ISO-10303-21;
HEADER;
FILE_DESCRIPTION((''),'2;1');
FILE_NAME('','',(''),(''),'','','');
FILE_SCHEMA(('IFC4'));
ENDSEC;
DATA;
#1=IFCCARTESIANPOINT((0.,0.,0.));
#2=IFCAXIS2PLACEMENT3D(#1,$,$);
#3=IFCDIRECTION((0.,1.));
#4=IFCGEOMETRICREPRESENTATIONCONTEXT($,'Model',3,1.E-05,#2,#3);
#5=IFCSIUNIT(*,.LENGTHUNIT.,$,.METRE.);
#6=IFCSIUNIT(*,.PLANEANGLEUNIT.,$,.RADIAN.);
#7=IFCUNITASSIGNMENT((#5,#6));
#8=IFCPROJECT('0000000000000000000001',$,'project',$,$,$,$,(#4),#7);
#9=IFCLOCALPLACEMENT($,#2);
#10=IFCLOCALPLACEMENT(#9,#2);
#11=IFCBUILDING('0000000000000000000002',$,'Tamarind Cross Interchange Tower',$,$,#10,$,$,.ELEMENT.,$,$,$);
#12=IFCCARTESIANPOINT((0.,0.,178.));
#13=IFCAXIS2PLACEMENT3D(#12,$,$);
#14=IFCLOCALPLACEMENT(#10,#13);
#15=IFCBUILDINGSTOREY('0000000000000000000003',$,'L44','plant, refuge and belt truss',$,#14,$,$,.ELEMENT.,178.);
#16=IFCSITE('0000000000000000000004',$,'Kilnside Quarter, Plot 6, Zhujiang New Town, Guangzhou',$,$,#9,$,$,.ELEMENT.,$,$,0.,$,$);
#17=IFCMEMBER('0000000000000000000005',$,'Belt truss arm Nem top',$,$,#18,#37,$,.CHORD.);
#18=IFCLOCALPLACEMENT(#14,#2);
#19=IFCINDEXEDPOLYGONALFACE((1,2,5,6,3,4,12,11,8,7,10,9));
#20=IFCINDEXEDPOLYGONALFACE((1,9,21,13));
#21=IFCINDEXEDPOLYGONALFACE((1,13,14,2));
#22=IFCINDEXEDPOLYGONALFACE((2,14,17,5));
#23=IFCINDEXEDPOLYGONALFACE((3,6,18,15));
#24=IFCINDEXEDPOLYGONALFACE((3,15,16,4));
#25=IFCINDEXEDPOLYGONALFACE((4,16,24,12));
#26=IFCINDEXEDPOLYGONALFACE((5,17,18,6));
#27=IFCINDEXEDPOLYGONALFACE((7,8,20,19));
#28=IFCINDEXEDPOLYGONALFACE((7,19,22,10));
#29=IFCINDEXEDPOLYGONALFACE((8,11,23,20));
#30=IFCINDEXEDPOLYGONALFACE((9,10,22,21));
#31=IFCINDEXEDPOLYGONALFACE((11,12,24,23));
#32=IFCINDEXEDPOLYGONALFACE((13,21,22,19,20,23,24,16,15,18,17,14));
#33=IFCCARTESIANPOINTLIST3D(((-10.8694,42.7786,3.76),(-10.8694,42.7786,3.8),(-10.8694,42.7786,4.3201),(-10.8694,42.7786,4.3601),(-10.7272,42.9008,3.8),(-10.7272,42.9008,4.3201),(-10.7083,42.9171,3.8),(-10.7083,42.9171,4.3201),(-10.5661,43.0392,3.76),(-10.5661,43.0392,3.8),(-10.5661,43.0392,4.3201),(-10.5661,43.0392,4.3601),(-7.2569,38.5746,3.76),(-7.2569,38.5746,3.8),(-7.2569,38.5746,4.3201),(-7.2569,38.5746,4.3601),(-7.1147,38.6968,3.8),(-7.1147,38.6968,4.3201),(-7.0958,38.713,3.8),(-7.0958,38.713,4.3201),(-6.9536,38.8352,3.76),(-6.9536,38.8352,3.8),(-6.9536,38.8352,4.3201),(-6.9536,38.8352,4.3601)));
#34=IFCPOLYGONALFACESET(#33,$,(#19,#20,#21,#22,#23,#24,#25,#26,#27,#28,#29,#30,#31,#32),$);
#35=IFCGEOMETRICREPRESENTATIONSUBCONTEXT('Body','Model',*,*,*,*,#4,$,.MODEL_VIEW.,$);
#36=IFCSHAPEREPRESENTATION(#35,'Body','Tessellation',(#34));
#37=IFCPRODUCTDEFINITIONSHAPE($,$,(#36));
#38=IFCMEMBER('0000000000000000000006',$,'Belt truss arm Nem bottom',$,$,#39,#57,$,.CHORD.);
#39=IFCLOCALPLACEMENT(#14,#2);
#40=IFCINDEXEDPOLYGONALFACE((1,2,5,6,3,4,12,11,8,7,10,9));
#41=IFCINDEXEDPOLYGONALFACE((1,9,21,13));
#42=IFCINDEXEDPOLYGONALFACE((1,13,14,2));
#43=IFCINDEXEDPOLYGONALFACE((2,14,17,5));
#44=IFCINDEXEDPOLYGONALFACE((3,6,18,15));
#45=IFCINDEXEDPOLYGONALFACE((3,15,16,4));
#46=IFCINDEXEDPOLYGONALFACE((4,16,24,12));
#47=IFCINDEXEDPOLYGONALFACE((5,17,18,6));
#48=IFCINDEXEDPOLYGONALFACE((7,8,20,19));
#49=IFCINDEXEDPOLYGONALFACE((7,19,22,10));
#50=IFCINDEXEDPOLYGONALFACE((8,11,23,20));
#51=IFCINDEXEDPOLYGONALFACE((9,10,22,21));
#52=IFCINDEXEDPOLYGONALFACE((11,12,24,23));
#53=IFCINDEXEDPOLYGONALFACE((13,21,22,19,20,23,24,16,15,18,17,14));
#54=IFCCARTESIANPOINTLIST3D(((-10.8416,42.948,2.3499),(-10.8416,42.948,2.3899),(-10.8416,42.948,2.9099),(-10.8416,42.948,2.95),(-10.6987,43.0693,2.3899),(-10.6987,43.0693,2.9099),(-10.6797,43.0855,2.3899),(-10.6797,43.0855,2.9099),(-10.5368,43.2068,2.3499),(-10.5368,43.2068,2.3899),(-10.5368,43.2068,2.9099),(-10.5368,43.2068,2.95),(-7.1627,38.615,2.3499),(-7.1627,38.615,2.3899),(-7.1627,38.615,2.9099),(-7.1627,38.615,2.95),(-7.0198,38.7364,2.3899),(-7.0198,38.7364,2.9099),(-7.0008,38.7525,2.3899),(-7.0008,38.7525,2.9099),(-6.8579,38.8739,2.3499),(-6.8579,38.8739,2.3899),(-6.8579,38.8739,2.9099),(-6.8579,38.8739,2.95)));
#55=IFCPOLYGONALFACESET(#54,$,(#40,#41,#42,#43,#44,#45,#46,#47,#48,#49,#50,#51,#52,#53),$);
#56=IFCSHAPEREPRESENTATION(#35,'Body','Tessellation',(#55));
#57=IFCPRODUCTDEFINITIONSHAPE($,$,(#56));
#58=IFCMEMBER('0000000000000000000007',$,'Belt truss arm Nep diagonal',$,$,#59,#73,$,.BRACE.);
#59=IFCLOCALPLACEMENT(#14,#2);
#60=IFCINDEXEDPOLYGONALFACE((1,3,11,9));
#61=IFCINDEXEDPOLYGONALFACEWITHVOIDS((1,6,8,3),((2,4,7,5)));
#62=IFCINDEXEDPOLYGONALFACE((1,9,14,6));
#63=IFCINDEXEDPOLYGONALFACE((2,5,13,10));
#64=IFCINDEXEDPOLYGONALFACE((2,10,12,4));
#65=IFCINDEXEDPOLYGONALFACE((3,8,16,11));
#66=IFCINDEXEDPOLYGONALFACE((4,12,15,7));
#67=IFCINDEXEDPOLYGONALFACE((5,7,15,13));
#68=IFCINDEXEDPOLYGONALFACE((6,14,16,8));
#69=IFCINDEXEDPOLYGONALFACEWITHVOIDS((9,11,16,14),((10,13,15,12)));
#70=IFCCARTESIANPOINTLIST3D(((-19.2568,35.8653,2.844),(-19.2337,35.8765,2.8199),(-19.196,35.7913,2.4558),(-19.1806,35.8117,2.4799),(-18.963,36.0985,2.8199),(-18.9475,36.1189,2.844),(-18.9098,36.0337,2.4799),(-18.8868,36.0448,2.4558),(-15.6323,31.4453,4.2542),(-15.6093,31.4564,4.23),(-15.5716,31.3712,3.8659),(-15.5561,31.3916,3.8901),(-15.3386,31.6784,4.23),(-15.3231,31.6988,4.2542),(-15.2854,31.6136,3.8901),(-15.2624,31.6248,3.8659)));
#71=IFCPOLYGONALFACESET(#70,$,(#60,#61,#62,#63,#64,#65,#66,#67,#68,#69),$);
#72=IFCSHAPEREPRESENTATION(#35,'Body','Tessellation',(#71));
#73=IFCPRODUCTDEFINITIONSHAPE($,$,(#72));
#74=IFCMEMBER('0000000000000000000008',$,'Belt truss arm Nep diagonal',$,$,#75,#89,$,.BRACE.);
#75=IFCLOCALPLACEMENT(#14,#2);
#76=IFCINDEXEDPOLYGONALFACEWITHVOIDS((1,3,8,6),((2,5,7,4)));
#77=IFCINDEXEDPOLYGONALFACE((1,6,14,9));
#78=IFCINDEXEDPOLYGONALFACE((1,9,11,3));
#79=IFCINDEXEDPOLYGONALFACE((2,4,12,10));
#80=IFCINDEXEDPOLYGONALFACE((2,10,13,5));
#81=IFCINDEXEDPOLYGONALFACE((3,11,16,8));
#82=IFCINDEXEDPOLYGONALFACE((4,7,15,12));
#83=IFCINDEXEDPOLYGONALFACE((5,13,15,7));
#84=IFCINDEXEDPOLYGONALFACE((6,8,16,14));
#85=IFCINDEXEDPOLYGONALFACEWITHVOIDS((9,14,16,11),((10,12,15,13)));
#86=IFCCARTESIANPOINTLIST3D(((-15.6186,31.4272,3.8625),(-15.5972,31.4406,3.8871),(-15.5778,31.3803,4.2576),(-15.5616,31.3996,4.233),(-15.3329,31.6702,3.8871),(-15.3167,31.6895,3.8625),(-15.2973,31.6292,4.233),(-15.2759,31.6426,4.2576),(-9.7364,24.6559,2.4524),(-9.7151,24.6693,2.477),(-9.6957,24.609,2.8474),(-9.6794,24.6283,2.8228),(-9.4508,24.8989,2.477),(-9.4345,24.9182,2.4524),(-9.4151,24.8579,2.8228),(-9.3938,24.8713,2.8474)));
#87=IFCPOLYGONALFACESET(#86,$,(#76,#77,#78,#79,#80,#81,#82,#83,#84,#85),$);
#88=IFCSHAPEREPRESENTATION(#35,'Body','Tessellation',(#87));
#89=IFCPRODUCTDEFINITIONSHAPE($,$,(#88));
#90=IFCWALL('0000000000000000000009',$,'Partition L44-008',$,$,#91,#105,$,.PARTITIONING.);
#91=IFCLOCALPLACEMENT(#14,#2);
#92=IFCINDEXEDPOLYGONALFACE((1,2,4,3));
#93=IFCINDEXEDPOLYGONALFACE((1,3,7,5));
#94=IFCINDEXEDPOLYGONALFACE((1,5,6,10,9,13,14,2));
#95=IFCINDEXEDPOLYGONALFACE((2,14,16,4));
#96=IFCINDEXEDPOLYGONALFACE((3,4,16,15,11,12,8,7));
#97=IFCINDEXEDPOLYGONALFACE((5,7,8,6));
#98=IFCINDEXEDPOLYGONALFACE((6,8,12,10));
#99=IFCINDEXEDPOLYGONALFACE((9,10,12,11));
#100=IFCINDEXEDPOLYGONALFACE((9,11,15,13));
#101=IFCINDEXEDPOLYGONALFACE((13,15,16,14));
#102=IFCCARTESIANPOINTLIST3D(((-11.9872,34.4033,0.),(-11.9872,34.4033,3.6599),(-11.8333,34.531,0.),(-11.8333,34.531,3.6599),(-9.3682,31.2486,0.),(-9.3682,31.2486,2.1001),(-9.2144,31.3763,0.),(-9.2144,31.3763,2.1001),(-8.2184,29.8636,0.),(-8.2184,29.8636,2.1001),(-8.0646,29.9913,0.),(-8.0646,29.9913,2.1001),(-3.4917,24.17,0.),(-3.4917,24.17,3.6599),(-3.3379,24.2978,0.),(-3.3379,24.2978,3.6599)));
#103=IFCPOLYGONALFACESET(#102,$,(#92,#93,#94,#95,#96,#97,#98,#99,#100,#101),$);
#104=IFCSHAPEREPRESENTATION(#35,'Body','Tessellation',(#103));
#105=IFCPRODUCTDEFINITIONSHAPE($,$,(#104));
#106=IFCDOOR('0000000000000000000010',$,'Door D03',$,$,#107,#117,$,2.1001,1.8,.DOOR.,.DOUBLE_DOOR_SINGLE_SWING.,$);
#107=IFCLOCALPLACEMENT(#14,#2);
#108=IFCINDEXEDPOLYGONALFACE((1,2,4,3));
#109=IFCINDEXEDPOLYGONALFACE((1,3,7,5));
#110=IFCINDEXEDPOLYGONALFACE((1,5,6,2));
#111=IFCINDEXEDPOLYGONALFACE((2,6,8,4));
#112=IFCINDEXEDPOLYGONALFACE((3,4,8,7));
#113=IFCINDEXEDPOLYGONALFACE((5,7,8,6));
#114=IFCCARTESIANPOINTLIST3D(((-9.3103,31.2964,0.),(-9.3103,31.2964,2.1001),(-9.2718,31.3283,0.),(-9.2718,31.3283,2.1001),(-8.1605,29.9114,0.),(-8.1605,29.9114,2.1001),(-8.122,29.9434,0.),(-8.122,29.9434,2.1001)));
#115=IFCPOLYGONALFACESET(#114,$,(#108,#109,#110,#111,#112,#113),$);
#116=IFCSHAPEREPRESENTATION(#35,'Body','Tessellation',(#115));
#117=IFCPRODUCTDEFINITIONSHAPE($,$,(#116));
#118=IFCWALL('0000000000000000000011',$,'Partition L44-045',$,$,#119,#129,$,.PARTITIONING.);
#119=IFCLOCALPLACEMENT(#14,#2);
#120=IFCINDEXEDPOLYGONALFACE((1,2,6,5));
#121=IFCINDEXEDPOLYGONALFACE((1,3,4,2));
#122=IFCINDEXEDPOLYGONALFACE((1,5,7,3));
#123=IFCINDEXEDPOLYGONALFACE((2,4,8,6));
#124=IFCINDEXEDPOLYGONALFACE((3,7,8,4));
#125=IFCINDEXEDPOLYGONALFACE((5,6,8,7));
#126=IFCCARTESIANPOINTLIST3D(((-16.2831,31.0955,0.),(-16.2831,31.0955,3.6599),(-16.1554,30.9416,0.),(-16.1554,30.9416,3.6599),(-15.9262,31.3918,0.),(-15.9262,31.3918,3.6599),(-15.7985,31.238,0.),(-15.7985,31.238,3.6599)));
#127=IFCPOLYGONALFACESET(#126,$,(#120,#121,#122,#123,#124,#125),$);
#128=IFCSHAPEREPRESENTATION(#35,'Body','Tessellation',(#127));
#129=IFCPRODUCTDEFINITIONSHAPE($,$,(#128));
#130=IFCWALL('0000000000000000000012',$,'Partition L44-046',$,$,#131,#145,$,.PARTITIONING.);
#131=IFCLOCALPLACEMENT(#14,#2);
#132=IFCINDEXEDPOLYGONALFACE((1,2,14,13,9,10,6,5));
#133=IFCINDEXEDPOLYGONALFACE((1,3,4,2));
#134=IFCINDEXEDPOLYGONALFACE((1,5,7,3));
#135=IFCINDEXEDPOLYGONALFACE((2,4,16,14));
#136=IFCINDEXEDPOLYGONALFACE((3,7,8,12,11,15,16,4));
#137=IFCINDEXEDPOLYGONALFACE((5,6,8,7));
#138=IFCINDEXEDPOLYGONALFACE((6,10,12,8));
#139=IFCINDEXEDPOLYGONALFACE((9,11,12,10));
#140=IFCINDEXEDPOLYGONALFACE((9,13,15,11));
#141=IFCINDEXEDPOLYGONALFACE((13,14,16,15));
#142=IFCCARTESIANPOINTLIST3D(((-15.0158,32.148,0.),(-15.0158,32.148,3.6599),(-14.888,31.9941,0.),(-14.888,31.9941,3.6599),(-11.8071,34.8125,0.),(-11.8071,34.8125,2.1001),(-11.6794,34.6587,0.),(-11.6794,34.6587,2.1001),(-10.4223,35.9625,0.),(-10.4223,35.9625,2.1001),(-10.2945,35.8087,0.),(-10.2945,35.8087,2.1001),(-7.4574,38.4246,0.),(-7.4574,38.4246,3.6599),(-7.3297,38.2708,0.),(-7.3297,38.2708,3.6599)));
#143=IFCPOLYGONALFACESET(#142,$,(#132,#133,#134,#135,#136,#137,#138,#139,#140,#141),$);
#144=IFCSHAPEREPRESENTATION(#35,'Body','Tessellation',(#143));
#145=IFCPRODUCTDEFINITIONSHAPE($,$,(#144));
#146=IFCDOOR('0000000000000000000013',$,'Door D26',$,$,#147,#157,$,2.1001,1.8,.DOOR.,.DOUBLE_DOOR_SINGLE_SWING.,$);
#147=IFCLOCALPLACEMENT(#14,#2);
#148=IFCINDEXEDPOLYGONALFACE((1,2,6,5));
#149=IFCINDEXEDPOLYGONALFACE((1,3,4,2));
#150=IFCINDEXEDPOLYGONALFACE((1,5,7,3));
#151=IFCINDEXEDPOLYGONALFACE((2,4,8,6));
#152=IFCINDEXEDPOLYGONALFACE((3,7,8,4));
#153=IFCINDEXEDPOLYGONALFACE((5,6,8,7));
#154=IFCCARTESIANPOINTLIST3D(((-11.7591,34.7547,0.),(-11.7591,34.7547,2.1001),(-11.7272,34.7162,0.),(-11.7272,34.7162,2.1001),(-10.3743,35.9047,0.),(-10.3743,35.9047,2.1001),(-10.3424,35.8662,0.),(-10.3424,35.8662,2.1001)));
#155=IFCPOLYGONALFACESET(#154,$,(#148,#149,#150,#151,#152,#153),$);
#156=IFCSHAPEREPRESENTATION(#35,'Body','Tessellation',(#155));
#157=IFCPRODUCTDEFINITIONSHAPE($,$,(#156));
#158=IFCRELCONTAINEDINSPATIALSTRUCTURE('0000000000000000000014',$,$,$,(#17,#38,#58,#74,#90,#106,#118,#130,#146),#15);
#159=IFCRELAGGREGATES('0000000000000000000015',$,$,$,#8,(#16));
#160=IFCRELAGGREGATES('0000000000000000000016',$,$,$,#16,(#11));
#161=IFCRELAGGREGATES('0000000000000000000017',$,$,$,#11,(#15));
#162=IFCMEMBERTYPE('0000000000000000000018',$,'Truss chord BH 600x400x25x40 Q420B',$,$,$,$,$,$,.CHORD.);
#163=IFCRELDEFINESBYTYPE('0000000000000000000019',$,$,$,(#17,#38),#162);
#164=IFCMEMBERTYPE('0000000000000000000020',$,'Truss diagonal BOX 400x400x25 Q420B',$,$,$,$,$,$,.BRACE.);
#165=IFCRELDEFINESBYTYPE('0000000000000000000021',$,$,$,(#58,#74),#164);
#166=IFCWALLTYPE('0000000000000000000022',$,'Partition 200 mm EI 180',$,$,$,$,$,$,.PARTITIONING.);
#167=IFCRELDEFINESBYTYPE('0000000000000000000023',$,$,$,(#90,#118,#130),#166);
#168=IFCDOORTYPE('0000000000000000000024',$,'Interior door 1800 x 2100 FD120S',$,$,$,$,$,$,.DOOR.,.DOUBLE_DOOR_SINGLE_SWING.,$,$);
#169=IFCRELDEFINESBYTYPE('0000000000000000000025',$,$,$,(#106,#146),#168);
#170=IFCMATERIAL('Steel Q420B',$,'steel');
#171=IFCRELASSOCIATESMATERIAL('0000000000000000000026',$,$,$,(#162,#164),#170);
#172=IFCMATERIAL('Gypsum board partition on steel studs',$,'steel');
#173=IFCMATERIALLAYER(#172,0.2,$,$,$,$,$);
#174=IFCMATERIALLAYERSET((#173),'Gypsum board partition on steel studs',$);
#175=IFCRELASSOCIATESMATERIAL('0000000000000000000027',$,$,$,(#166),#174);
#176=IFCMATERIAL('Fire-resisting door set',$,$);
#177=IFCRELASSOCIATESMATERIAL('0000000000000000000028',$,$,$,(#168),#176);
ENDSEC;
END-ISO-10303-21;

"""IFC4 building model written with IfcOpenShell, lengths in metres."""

from ifc_helpers import new_model, si_unit, direction, frame, frame_2d, origin, origin_2d, place, context, subcontext, project, spatial, rectangle, hollow_rectangle, i_section, extrude, material, layer, layer_set, material_profile, profile_set, type_object, element, fill, save


model = new_model("IFC4")

# Units and contexts
model_context = context("Model", 3, precision=1e-05, world=origin(), true_north=direction((0.0, 1.0)))
body_context = subcontext(model_context, "Body", "Model", "MODEL_VIEW")
ifc_project = project(units=[si_unit("LENGTHUNIT", "METRE"), si_unit("PLANEANGLEUNIT", "RADIAN")], contexts=[model_context])

# Site, building, storey
site_placement = place(None, origin())
site = spatial("IfcSite", under=ifc_project, at=site_placement, Name="Kilnside Quarter, Plot 6, Zhujiang New Town, Guangzhou", CompositionType="ELEMENT", RefElevation=0.0)
building_placement = place(site_placement, origin())
building = spatial("IfcBuilding", under=site, at=building_placement, Name="Tamarind Cross Interchange Tower", CompositionType="ELEMENT")
storey_placement = place(building_placement, frame((0.0, 0.0, 178.0)))
storey = spatial("IfcBuildingStorey", under=building, at=storey_placement, Name="L44", Description="plant, refuge and belt truss", CompositionType="ELEMENT", Elevation=178.0)

# Members
ifc_material_1 = material(Name="Steel Q420B", Category="steel")
ifc_material_profile_1 = material_profile(ifc_material_1, i_section(OverallWidth=0.3999, OverallDepth=0.6001, WebThickness=0.0249, FlangeThickness=0.04, at=origin_2d()), Name="BH 600x400x25x40")
ifc_profile_set_1 = profile_set([ifc_material_profile_1], Name="Steel Q420B")
member_type_1 = type_object("IfcMemberType", Name="Truss chord BH 600x400x25x40 Q420B", PredefinedType="CHORD", material=ifc_profile_set_1)
member_1_placement = place(storey_placement, frame((-10.7178, 42.9089, 4.0601), z_axis=(0.65173, -0.758451, 0.0), x_axis=(0.758451, 0.65173, 0.0)))
element("IfcMember", 1, at=member_1_placement, inside=storey, type_object=member_type_1, Name="Belt truss arm Nem top", PredefinedType="CHORD", context=body_context, shape_type="SweptSolid", body=[
    extrude(i_section(OverallWidth=0.3999, OverallDepth=0.6001, WebThickness=0.0249, FlangeThickness=0.04, at=origin_2d()), origin(), (0.0, 0.0, 1.0), 5.543),
])
member_2_placement = place(storey_placement, frame((-10.6892, 43.0774, 2.6499), z_axis=(0.647229, -0.762295, 0.0), x_axis=(0.762295, 0.647229, 0.0)))
element("IfcMember", 2, at=member_2_placement, inside=storey, type_object=member_type_1, Name="Belt truss arm Nem bottom", PredefinedType="CHORD", context=body_context, shape_type="SweptSolid", body=[
    extrude(i_section(OverallWidth=0.3999, OverallDepth=0.6001, WebThickness=0.0249, FlangeThickness=0.04, at=origin_2d()), origin(), (0.0, 0.0, 1.0), 5.6841),
])
ifc_material_profile_2 = material_profile(ifc_material_1, hollow_rectangle(XDim=0.3999, YDim=0.3999, WallThickness=0.0249, at=origin_2d()), Name="BOX 400x400x25")
ifc_profile_set_2 = profile_set([ifc_material_profile_2], Name="Steel Q420B")
member_type_2 = type_object("IfcMemberType", Name="Truss diagonal BOX 400x400x25 Q420B", PredefinedType="BRACE", material=ifc_profile_set_2)
member_3_placement = place(storey_placement, frame((-19.0718, 35.9551, 2.6499), z_axis=(0.615621, -0.750762, 0.239514), x_axis=(0.77327, 0.634077, 0.0)))
element("IfcMember", 3, at=member_3_placement, inside=storey, type_object=member_type_2, Name="Belt truss arm Nep diagonal", PredefinedType="BRACE", context=body_context, shape_type="SweptSolid", body=[
    extrude(hollow_rectangle(XDim=0.3999, YDim=0.3999, WallThickness=0.0249, at=origin_2d()), origin(), (0.0, 0.0, 1.0), 5.8875),
])
member_4_placement = place(storey_placement, frame((-15.4473, 31.5349, 4.0601), z_axis=(0.647843, -0.745773, -0.155312), x_axis=(0.754934, 0.655801, 0.0)))
element("IfcMember", 4, at=member_4_placement, inside=storey, type_object=member_type_2, Name="Belt truss arm Nep diagonal", PredefinedType="BRACE", context=body_context, shape_type="SweptSolid", body=[
    extrude(hollow_rectangle(XDim=0.3999, YDim=0.3999, WallThickness=0.0249, at=origin_2d()), origin(), (0.0, 0.0, 1.0), 9.0796),
])

# Wall, opening, door
ifc_material_2 = material(Name="Gypsum board partition on steel studs", Category="steel")
ifc_layer_1 = layer(ifc_material_2, 0.2)
ifc_layer_set_1 = layer_set([ifc_layer_1], Name="Gypsum board partition on steel studs")
wall_type_1 = type_object("IfcWallType", Name="Partition 200 mm EI 180", PredefinedType="PARTITIONING", material=ifc_layer_set_1)
wall_1_placement = place(storey_placement, frame((-11.9102, 34.467, 0.0), z_axis=(0.0, 0.0, 1.0), x_axis=(0.638751, -0.769413, 0.0)))
wall_1 = element("IfcWall", 5, at=wall_1_placement, inside=storey, type_object=wall_type_1, Name="Partition L44-008", PredefinedType="PARTITIONING", context=body_context, shape_type="SweptSolid", body=[
    extrude(rectangle(XDim=13.3, YDim=0.2, at=frame_2d((6.6499, 0.0))), origin(), (0.0, 0.0, 1.0), 3.6599),
])
opening_1_placement = place(wall_1_placement, frame((4.1001, 0.0, 0.0)))
opening_1 = element("IfcOpeningElement", 6, at=opening_1_placement, cuts=wall_1, PredefinedType="OPENING", context=body_context, shape_type="SweptSolid", body=[
    extrude(rectangle(XDim=1.8, YDim=2.1001, at=frame_2d((0.8999, 1.05))), frame((0.0, 0.1099, 0.0), z_axis=(0.0, -1.0, 0.0), x_axis=(1.0, 0.0, 0.0)), (0.0, 0.0, 1.0), 0.22),
])
ifc_material_3 = material(Name="Fire-resisting door set")
door_type = type_object("IfcDoorType", Name="Interior door 1800 x 2100 FD120S", OperationType="DOUBLE_DOOR_SINGLE_SWING", PredefinedType="DOOR", material=ifc_material_3)
door_1_placement = place(opening_1_placement, frame((1.8, 0.0, 0.0), z_axis=(0.0, 0.0, 1.0), x_axis=(-1.0, 0.0, 0.0)))
door_1 = element("IfcDoor", 7, at=door_1_placement, inside=storey, type_object=door_type, Name="Door D03", OperationType="DOUBLE_DOOR_SINGLE_SWING", OverallHeight=2.1001, OverallWidth=1.8, PredefinedType="DOOR", context=body_context, shape_type="SweptSolid", body=[
    extrude(rectangle(XDim=1.8, YDim=2.1001, at=frame_2d((0.8999, 1.05))), frame((0.0, 0.0249, 0.0), z_axis=(0.0, -1.0, 0.0), x_axis=(1.0, 0.0, 0.0)), (0.0, 0.0, 1.0), 0.05),
])
fill(opening_1, door_1)

# Wall
wall_2_placement = place(storey_placement, frame((-16.2192, 31.0186, 0.0), z_axis=(0.0, 0.0, 1.0), x_axis=(0.769342, 0.638838, 0.0)))
element("IfcWall", 8, at=wall_2_placement, inside=storey, type_object=wall_type_1, Name="Partition L44-045", PredefinedType="PARTITIONING", context=body_context, shape_type="SweptSolid", body=[
    extrude(rectangle(XDim=0.4639, YDim=0.2, at=frame_2d((0.2319, 0.0))), origin(), (0.0, 0.0, 1.0), 3.6599),
])

# Wall, opening, door
wall_3_placement = place(storey_placement, frame((-14.9519, 32.071, 0.0), z_axis=(0.0, 0.0, 1.0), x_axis=(0.769322, 0.638861, 0.0)))
wall_3 = element("IfcWall", 9, at=wall_3_placement, inside=storey, type_object=wall_type_1, Name="Partition L44-046", PredefinedType="PARTITIONING", context=body_context, shape_type="SweptSolid", body=[
    extrude(rectangle(XDim=9.8247, YDim=0.2, at=frame_2d((4.9124, 0.0))), origin(), (0.0, 0.0, 1.0), 3.6599),
])
opening_2_placement = place(wall_3_placement, frame((4.1709, 0.0, 0.0)))
opening_2 = element("IfcOpeningElement", 10, at=opening_2_placement, cuts=wall_3, PredefinedType="OPENING", context=body_context, shape_type="SweptSolid", body=[
    extrude(rectangle(XDim=1.8, YDim=2.1001, at=frame_2d((0.8999, 1.05))), frame((0.0, 0.1099, 0.0), z_axis=(0.0, -1.0, 0.0), x_axis=(1.0, 0.0, 0.0)), (0.0, 0.0, 1.0), 0.22),
])
door_2_placement = place(opening_2_placement, origin())
door_2 = element("IfcDoor", 11, at=door_2_placement, inside=storey, type_object=door_type, Name="Door D26", OperationType="DOUBLE_DOOR_SINGLE_SWING", OverallHeight=2.1001, OverallWidth=1.8, PredefinedType="DOOR", context=body_context, shape_type="SweptSolid", body=[
    extrude(rectangle(XDim=1.8, YDim=2.1001, at=frame_2d((0.8999, 1.05))), frame((0.0, 0.0249, 0.0), z_axis=(0.0, -1.0, 0.0), x_axis=(1.0, 0.0, 0.0)), (0.0, 0.0, 1.0), 0.05),
])
fill(opening_2, door_2)

save(model, "model.ifc")
